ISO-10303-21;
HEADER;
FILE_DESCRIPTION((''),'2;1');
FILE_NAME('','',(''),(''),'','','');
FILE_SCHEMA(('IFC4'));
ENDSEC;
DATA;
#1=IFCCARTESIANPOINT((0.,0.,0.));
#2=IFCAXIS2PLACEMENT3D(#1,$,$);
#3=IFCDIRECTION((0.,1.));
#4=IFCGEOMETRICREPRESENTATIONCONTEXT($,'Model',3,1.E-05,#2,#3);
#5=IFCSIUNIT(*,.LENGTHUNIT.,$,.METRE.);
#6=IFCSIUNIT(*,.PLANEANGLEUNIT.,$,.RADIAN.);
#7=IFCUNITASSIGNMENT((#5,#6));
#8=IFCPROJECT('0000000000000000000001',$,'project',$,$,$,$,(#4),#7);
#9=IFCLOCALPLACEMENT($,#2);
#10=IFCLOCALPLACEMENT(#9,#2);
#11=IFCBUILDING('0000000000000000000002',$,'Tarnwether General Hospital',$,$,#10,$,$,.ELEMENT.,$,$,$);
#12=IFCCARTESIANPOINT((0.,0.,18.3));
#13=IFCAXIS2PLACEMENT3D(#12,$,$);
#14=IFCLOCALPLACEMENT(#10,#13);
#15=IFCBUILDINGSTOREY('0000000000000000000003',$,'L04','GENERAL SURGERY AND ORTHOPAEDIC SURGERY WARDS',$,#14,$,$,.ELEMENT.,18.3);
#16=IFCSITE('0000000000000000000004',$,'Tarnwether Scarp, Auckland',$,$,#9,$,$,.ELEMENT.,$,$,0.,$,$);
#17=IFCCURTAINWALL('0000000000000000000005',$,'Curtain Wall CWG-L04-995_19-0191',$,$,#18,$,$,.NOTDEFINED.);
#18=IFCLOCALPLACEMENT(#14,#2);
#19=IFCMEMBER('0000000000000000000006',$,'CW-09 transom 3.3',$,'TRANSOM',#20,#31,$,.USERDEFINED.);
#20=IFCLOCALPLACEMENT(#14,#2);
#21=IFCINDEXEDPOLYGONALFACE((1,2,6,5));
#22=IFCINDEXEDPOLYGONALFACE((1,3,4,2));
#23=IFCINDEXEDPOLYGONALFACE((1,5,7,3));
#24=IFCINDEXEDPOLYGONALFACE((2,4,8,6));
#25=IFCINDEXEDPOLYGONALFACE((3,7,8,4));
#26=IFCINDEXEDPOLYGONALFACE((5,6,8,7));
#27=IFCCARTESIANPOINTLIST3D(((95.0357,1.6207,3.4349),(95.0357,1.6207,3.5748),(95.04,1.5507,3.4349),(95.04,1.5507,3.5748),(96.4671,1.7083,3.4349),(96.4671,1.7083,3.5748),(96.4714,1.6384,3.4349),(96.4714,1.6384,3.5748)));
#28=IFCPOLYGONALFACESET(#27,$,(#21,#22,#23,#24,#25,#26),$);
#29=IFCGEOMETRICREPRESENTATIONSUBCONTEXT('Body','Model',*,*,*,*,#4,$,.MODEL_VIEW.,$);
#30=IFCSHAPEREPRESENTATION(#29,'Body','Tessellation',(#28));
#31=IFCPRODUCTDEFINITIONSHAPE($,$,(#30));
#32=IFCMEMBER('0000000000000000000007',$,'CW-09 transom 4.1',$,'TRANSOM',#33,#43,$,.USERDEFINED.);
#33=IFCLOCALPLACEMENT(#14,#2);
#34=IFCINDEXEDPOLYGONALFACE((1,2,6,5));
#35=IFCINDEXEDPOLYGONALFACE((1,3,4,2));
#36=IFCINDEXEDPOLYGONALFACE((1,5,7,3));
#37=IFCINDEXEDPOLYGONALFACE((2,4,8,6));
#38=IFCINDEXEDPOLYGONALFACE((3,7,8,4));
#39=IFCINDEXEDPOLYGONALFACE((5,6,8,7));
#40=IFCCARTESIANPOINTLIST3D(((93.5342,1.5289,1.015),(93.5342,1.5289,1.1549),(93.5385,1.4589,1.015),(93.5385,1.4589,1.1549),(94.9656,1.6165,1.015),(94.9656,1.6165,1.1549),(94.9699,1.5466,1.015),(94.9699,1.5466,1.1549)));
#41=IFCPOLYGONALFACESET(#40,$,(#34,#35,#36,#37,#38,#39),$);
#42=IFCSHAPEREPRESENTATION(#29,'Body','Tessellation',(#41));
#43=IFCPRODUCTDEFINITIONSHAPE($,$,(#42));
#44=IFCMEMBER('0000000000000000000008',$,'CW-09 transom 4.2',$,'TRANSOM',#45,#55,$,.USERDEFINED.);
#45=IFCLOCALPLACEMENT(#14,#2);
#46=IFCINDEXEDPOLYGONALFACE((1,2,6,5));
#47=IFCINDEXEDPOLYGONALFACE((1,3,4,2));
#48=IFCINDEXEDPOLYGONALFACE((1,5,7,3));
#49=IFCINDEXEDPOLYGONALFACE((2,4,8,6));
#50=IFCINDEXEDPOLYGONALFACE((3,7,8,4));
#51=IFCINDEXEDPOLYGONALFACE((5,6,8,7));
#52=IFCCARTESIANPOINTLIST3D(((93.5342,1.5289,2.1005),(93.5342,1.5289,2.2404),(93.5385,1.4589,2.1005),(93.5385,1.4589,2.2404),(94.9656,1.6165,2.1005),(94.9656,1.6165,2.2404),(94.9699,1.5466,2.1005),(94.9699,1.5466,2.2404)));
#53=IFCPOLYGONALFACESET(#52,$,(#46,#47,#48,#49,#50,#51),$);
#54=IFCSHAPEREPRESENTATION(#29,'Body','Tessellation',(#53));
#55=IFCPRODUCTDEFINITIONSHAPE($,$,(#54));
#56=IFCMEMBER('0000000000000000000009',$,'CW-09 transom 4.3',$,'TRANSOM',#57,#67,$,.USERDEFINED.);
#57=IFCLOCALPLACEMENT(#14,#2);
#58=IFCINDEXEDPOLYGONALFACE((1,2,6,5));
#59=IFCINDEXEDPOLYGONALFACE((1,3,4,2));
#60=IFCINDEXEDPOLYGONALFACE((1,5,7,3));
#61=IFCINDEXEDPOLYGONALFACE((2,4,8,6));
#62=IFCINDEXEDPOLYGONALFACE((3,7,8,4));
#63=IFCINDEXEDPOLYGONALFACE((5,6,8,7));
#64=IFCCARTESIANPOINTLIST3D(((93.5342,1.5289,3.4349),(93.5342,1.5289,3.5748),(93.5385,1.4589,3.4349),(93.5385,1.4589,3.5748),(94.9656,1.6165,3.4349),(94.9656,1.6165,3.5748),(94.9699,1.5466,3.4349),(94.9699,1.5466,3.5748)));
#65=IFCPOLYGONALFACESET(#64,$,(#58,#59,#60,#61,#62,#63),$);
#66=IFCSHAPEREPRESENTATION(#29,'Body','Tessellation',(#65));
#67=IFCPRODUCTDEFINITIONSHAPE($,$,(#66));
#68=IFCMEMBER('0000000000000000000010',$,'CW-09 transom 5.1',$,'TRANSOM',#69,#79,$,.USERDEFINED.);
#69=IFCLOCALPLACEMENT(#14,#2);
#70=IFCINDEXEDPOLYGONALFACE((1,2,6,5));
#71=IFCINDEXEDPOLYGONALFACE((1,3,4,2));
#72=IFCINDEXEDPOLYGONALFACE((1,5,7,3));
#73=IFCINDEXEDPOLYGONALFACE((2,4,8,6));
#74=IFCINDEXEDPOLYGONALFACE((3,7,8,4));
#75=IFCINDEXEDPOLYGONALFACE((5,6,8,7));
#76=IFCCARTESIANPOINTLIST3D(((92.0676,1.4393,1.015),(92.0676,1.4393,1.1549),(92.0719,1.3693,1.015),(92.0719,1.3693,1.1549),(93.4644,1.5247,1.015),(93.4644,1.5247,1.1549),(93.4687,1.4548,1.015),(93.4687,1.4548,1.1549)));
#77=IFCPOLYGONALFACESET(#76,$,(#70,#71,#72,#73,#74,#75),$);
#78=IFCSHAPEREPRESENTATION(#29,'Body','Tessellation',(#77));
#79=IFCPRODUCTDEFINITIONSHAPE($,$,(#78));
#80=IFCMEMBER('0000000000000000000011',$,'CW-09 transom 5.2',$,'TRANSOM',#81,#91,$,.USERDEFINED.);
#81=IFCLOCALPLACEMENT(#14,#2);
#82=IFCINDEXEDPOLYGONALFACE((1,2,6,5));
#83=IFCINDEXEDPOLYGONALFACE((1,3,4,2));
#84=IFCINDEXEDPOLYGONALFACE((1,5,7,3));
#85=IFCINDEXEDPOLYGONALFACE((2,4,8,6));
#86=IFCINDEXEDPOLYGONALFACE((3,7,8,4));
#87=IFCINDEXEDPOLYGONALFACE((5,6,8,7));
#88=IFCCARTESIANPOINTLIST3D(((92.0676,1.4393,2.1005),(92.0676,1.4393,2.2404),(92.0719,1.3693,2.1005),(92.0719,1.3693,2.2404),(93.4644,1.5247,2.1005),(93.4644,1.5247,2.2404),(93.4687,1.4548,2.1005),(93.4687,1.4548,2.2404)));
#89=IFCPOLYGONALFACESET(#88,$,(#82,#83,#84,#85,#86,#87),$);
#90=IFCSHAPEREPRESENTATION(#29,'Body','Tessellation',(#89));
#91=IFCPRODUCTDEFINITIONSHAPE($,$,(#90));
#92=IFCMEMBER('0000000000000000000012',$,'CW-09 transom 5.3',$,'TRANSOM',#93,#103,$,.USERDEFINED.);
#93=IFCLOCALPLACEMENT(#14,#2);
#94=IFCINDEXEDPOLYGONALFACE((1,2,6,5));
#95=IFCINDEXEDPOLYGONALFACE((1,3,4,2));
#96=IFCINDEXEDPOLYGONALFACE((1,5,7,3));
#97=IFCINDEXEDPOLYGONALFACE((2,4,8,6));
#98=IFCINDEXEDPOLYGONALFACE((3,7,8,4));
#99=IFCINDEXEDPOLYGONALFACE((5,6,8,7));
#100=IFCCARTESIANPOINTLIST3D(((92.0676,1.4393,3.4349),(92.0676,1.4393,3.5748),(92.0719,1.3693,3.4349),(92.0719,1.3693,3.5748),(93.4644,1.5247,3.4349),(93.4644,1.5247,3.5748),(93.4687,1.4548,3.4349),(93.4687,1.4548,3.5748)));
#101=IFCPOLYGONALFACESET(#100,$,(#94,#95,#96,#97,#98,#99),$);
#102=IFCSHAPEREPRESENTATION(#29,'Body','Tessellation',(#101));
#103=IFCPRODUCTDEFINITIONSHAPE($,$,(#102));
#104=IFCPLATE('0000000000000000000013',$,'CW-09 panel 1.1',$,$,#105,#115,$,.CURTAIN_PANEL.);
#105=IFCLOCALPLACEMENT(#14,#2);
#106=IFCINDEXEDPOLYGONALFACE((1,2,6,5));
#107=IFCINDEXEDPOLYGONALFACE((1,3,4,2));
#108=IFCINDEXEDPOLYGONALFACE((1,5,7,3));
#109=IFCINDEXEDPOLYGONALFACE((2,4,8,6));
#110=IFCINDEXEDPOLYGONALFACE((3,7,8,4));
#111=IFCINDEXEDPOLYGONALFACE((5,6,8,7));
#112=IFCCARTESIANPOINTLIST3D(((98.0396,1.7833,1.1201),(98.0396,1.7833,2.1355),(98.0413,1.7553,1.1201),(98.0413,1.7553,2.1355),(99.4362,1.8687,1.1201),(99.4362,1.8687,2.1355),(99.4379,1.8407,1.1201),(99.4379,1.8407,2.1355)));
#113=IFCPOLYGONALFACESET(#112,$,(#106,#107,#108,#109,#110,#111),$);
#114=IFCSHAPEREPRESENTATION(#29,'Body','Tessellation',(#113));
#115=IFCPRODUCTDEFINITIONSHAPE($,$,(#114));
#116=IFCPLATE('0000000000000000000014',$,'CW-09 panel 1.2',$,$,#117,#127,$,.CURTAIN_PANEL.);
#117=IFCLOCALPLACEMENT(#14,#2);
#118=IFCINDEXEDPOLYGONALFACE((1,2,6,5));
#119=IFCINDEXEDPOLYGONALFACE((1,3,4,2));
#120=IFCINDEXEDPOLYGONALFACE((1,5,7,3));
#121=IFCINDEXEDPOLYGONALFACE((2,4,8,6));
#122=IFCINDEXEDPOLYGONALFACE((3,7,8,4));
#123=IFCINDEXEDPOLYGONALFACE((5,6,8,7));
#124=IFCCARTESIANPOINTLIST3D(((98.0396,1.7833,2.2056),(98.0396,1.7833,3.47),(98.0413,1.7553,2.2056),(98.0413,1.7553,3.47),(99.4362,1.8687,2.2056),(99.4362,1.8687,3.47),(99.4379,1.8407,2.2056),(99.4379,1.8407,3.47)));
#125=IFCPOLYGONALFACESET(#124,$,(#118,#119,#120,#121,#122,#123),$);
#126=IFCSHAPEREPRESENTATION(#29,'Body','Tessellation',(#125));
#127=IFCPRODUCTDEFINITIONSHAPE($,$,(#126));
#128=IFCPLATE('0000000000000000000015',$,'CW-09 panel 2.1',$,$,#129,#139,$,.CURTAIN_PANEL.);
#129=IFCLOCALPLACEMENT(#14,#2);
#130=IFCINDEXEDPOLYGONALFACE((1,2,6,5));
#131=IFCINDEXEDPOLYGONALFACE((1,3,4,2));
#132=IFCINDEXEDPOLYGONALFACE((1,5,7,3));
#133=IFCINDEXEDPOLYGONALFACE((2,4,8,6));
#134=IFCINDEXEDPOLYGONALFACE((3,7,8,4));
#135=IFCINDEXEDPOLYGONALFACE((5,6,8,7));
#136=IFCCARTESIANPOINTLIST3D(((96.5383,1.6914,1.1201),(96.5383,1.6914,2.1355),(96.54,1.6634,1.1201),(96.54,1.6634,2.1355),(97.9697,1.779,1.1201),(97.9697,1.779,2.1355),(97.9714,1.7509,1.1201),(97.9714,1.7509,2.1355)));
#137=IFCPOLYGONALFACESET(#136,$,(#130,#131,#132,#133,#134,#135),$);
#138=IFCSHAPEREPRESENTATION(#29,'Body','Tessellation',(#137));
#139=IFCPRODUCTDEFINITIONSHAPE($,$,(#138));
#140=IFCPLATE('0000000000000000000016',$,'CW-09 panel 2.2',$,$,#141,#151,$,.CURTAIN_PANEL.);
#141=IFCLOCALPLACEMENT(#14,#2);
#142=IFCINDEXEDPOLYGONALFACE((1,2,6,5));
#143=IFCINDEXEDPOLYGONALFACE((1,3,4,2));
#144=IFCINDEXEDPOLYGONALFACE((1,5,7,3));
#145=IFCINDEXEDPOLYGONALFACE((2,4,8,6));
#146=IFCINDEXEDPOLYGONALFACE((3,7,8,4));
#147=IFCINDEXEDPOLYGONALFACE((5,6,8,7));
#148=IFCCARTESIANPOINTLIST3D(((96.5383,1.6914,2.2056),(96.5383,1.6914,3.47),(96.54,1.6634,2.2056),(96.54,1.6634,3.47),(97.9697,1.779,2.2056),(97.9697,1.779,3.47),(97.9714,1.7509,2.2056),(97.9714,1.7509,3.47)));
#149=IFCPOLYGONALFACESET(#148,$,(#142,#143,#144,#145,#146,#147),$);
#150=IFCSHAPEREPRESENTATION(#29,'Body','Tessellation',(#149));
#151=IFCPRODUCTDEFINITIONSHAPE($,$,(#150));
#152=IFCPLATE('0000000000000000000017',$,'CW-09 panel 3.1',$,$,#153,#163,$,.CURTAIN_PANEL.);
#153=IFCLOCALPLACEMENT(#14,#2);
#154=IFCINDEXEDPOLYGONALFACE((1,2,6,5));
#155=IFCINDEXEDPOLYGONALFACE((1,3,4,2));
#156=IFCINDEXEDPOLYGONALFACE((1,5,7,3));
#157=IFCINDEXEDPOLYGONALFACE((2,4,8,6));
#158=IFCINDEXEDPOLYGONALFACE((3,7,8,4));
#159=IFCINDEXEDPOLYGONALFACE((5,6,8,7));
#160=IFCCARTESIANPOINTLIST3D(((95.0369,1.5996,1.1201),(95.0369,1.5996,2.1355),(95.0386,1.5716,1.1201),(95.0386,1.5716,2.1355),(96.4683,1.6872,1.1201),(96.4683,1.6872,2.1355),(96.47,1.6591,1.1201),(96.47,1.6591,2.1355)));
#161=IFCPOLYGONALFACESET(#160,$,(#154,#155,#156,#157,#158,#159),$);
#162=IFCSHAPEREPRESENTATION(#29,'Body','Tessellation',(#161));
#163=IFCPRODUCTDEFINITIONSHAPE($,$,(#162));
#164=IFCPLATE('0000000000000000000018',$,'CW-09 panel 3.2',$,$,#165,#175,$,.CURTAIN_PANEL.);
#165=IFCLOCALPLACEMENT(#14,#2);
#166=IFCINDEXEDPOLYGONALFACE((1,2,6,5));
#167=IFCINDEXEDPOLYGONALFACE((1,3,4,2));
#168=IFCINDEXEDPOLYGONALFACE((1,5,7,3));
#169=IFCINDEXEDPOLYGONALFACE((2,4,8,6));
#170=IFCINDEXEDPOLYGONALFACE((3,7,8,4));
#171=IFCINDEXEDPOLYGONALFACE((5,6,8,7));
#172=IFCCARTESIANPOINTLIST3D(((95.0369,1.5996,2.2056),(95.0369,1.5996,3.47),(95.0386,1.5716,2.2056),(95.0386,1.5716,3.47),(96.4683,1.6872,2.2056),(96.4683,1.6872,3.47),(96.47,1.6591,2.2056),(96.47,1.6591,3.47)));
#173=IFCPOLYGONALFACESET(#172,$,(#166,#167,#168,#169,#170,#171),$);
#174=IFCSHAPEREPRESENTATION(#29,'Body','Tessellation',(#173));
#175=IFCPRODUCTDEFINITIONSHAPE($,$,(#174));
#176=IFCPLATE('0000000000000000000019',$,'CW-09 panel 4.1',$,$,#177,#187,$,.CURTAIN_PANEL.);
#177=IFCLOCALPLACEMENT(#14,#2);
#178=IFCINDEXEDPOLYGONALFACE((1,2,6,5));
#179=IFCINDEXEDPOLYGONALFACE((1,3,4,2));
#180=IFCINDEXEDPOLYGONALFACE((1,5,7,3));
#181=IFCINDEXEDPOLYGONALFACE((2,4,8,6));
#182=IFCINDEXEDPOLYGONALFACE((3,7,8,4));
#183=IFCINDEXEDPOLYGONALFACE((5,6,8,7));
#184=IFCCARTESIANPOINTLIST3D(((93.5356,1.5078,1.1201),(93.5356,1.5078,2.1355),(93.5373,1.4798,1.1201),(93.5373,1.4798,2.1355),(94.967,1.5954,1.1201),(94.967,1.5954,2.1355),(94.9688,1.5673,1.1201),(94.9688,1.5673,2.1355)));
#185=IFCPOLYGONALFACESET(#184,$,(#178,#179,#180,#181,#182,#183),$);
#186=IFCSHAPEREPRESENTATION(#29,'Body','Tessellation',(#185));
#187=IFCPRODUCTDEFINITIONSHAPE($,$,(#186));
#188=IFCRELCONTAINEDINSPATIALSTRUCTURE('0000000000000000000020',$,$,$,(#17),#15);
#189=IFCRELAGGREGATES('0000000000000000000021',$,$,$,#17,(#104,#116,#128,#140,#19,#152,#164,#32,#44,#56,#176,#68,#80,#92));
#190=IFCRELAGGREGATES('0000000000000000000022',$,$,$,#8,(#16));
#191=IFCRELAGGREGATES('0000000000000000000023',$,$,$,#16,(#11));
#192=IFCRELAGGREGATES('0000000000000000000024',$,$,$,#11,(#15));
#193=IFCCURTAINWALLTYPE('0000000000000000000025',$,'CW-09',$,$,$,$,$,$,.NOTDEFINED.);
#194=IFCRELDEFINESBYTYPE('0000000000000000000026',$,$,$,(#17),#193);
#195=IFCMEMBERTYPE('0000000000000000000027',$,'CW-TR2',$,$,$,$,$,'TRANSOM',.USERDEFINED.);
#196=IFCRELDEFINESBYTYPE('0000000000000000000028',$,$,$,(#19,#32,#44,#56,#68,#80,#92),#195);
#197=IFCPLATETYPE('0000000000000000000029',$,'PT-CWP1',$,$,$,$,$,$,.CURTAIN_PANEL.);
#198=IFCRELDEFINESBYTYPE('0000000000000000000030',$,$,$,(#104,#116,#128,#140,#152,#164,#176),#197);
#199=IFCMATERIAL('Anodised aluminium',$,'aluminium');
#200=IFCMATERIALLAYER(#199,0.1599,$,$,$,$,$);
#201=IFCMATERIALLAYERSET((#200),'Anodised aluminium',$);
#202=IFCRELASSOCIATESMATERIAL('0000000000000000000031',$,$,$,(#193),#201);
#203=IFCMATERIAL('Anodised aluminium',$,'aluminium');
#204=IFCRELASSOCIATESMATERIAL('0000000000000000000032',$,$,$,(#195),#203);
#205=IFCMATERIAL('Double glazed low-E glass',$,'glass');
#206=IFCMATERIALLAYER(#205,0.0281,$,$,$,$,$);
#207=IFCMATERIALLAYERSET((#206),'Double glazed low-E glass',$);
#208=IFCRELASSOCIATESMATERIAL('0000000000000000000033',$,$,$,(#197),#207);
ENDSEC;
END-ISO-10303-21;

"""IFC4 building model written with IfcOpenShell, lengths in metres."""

from ifc_helpers import new_model, si_unit, direction, frame, origin, origin_2d, place, context, subcontext, project, spatial, rectangle, extrude, material, layer, layer_set, material_profile, profile_set, type_object, element, aggregate, save


model = new_model("IFC4")

# Units and contexts
model_context = context("Model", 3, precision=1e-05, world=origin(), true_north=direction((0.0, 1.0)))
body_context = subcontext(model_context, "Body", "Model", "MODEL_VIEW")
ifc_project = project(units=[si_unit("LENGTHUNIT", "METRE"), si_unit("PLANEANGLEUNIT", "RADIAN")], contexts=[model_context])

# Site, building, storey
site_placement = place(None, origin())
site = spatial("IfcSite", under=ifc_project, at=site_placement, Name="Tarnwether Scarp, Auckland", CompositionType="ELEMENT", RefElevation=0.0)
building_placement = place(site_placement, origin())
building = spatial("IfcBuilding", under=site, at=building_placement, Name="Tarnwether General Hospital", CompositionType="ELEMENT")
storey_placement = place(building_placement, frame((0.0, 0.0, 18.3)))
storey = spatial("IfcBuildingStorey", under=building, at=storey_placement, Name="L04", Description="GENERAL SURGERY AND ORTHOPAEDIC SURGERY WARDS", CompositionType="ELEMENT", Elevation=18.3)

# Curtain wall, members, plates
ifc_material_1 = material(Name="Anodised aluminium", Category="aluminium")
ifc_layer_1 = layer(ifc_material_1, 0.1599)
ifc_layer_set_1 = layer_set([ifc_layer_1], Name="Anodised aluminium")
curtain_wall_type = type_object("IfcCurtainWallType", Name="CW-09", PredefinedType="NOTDEFINED", material=ifc_layer_set_1)
curtain_wall_placement = place(storey_placement, origin())
curtain_wall = element("IfcCurtainWall", 1, at=curtain_wall_placement, inside=storey, type_object=curtain_wall_type, Name="Curtain Wall CWG-L04-995_19-0191", PredefinedType="NOTDEFINED")
ifc_material_2 = material(Name="Anodised aluminium", Category="aluminium")
ifc_material_profile_1 = material_profile(ifc_material_2, rectangle(XDim=0.0701, YDim=0.1399, at=origin_2d()), Name="ALU-TRN-70x140")
ifc_profile_set_1 = profile_set([ifc_material_profile_1], Name="Anodised aluminium")
member_type_1 = type_object("IfcMemberType", Name="CW-TR2", ElementType="TRANSOM", PredefinedType="USERDEFINED", material=ifc_profile_set_1)
member_1_placement = place(storey_placement, frame((96.4692, 1.6733, 3.5049), z_axis=(-0.998131, -0.061117, 0.0), x_axis=(0.061117, -0.998131, 0.0)))
member_1 = element("IfcMember", 2, at=member_1_placement, type_object=member_type_1, Name="CW-09 transom 3.3", ObjectType="TRANSOM", PredefinedType="USERDEFINED", context=body_context, shape_type="SweptSolid", body=[
    extrude(rectangle(XDim=0.0701, YDim=0.1399, at=origin_2d()), origin(), (0.0, 0.0, 1.0), 1.4341),
])
member_2_placement = place(storey_placement, frame((94.9678, 1.5815, 1.085), z_axis=(-0.998131, -0.061117, 0.0), x_axis=(0.061117, -0.998131, 0.0)))
member_2 = element("IfcMember", 3, at=member_2_placement, type_object=member_type_1, Name="CW-09 transom 4.1", ObjectType="TRANSOM", PredefinedType="USERDEFINED", context=body_context, shape_type="SweptSolid", body=[
    extrude(rectangle(XDim=0.0701, YDim=0.1399, at=origin_2d()), origin(), (0.0, 0.0, 1.0), 1.4341),
])
member_3_placement = place(storey_placement, frame((94.9678, 1.5815, 2.1704), z_axis=(-0.998131, -0.061117, 0.0), x_axis=(0.061117, -0.998131, 0.0)))
member_3 = element("IfcMember", 4, at=member_3_placement, type_object=member_type_1, Name="CW-09 transom 4.2", ObjectType="TRANSOM", PredefinedType="USERDEFINED", context=body_context, shape_type="SweptSolid", body=[
    extrude(rectangle(XDim=0.0701, YDim=0.1399, at=origin_2d()), origin(), (0.0, 0.0, 1.0), 1.4341),
])
member_4_placement = place(storey_placement, frame((94.9678, 1.5815, 3.5049), z_axis=(-0.998131, -0.061117, 0.0), x_axis=(0.061117, -0.998131, 0.0)))
member_4 = element("IfcMember", 5, at=member_4_placement, type_object=member_type_1, Name="CW-09 transom 4.3", ObjectType="TRANSOM", PredefinedType="USERDEFINED", context=body_context, shape_type="SweptSolid", body=[
    extrude(rectangle(XDim=0.0701, YDim=0.1399, at=origin_2d()), origin(), (0.0, 0.0, 1.0), 1.4341),
])
member_5_placement = place(storey_placement, frame((93.4666, 1.4897, 1.085), z_axis=(-0.998134, -0.061064, 0.0), x_axis=(0.061064, -0.998134, 0.0)))
member_5 = element("IfcMember", 6, at=member_5_placement, type_object=member_type_1, Name="CW-09 transom 5.1", ObjectType="TRANSOM", PredefinedType="USERDEFINED", context=body_context, shape_type="SweptSolid", body=[
    extrude(rectangle(XDim=0.0701, YDim=0.1399, at=origin_2d()), origin(), (0.0, 0.0, 1.0), 1.3994),
])
member_6_placement = place(storey_placement, frame((93.4666, 1.4897, 2.1704), z_axis=(-0.998134, -0.061064, 0.0), x_axis=(0.061064, -0.998134, 0.0)))
member_6 = element("IfcMember", 7, at=member_6_placement, type_object=member_type_1, Name="CW-09 transom 5.2", ObjectType="TRANSOM", PredefinedType="USERDEFINED", context=body_context, shape_type="SweptSolid", body=[
    extrude(rectangle(XDim=0.0701, YDim=0.1399, at=origin_2d()), origin(), (0.0, 0.0, 1.0), 1.3994),
])
member_7_placement = place(storey_placement, frame((93.4666, 1.4897, 3.5049), z_axis=(-0.998134, -0.061064, 0.0), x_axis=(0.061064, -0.998134, 0.0)))
member_7 = element("IfcMember", 8, at=member_7_placement, type_object=member_type_1, Name="CW-09 transom 5.3", ObjectType="TRANSOM", PredefinedType="USERDEFINED", context=body_context, shape_type="SweptSolid", body=[
    extrude(rectangle(XDim=0.0701, YDim=0.1399, at=origin_2d()), origin(), (0.0, 0.0, 1.0), 1.3994),
])
ifc_material_3 = material(Name="Double glazed low-E glass", Category="glass")
ifc_layer_2 = layer(ifc_material_3, 0.0281)
ifc_layer_set_2 = layer_set([ifc_layer_2], Name="Double glazed low-E glass")
plate_type = type_object("IfcPlateType", Name="PT-CWP1", PredefinedType="CURTAIN_PANEL", material=ifc_layer_set_2)
plate_1_placement = place(storey_placement, frame((98.7388, 1.812, 1.1201), z_axis=(0.0, 0.0, 1.0), x_axis=(-0.998136, -0.061029, 0.0)))
plate_1 = element("IfcPlate", 9, at=plate_1_placement, type_object=plate_type, Name="CW-09 panel 1.1", PredefinedType="CURTAIN_PANEL", context=body_context, shape_type="SweptSolid", body=[
    extrude(rectangle(XDim=1.3992, YDim=0.0281, at=origin_2d()), origin(), (0.0, 0.0, 1.0), 1.0154),
])
plate_2_placement = place(storey_placement, frame((98.7388, 1.812, 2.2056), z_axis=(0.0, 0.0, 1.0), x_axis=(-0.998136, -0.061029, 0.0)))
plate_2 = element("IfcPlate", 10, at=plate_2_placement, type_object=plate_type, Name="CW-09 panel 1.2", PredefinedType="CURTAIN_PANEL", context=body_context, shape_type="SweptSolid", body=[
    extrude(rectangle(XDim=1.3992, YDim=0.0281, at=origin_2d()), origin(), (0.0, 0.0, 1.0), 1.2644),
])
plate_3_placement = place(storey_placement, frame((97.2549, 1.7212, 1.1201), z_axis=(0.0, 0.0, 1.0), x_axis=(-0.998136, -0.061029, 0.0)))
plate_3 = element("IfcPlate", 11, at=plate_3_placement, type_object=plate_type, Name="CW-09 panel 2.1", PredefinedType="CURTAIN_PANEL", context=body_context, shape_type="SweptSolid", body=[
    extrude(rectangle(XDim=1.4341, YDim=0.0281, at=origin_2d()), origin(), (0.0, 0.0, 1.0), 1.0154),
])
plate_4_placement = place(storey_placement, frame((97.2549, 1.7212, 2.2056), z_axis=(0.0, 0.0, 1.0), x_axis=(-0.998136, -0.061029, 0.0)))
plate_4 = element("IfcPlate", 12, at=plate_4_placement, type_object=plate_type, Name="CW-09 panel 2.2", PredefinedType="CURTAIN_PANEL", context=body_context, shape_type="SweptSolid", body=[
    extrude(rectangle(XDim=1.4341, YDim=0.0281, at=origin_2d()), origin(), (0.0, 0.0, 1.0), 1.2644),
])
plate_5_placement = place(storey_placement, frame((95.7534, 1.6294, 1.1201), z_axis=(0.0, 0.0, 1.0), x_axis=(-0.998136, -0.061029, 0.0)))
plate_5 = element("IfcPlate", 13, at=plate_5_placement, type_object=plate_type, Name="CW-09 panel 3.1", PredefinedType="CURTAIN_PANEL", context=body_context, shape_type="SweptSolid", body=[
    extrude(rectangle(XDim=1.4341, YDim=0.0281, at=origin_2d()), origin(), (0.0, 0.0, 1.0), 1.0154),
])
plate_6_placement = place(storey_placement, frame((95.7534, 1.6294, 2.2056), z_axis=(0.0, 0.0, 1.0), x_axis=(-0.998136, -0.061029, 0.0)))
plate_6 = element("IfcPlate", 14, at=plate_6_placement, type_object=plate_type, Name="CW-09 panel 3.2", PredefinedType="CURTAIN_PANEL", context=body_context, shape_type="SweptSolid", body=[
    extrude(rectangle(XDim=1.4341, YDim=0.0281, at=origin_2d()), origin(), (0.0, 0.0, 1.0), 1.2644),
])
plate_7_placement = place(storey_placement, frame((94.2522, 1.5376, 1.1201), z_axis=(0.0, 0.0, 1.0), x_axis=(-0.998136, -0.061029, 0.0)))
plate_7 = element("IfcPlate", 15, at=plate_7_placement, type_object=plate_type, Name="CW-09 panel 4.1", PredefinedType="CURTAIN_PANEL", context=body_context, shape_type="SweptSolid", body=[
    extrude(rectangle(XDim=1.4341, YDim=0.0281, at=origin_2d()), origin(), (0.0, 0.0, 1.0), 1.0154),
])
aggregate(curtain_wall, [plate_1, plate_2, plate_3, plate_4, member_1, plate_5, plate_6, member_2, member_3, member_4, plate_7, member_5, member_6, member_7])

save(model, "model.ifc")
